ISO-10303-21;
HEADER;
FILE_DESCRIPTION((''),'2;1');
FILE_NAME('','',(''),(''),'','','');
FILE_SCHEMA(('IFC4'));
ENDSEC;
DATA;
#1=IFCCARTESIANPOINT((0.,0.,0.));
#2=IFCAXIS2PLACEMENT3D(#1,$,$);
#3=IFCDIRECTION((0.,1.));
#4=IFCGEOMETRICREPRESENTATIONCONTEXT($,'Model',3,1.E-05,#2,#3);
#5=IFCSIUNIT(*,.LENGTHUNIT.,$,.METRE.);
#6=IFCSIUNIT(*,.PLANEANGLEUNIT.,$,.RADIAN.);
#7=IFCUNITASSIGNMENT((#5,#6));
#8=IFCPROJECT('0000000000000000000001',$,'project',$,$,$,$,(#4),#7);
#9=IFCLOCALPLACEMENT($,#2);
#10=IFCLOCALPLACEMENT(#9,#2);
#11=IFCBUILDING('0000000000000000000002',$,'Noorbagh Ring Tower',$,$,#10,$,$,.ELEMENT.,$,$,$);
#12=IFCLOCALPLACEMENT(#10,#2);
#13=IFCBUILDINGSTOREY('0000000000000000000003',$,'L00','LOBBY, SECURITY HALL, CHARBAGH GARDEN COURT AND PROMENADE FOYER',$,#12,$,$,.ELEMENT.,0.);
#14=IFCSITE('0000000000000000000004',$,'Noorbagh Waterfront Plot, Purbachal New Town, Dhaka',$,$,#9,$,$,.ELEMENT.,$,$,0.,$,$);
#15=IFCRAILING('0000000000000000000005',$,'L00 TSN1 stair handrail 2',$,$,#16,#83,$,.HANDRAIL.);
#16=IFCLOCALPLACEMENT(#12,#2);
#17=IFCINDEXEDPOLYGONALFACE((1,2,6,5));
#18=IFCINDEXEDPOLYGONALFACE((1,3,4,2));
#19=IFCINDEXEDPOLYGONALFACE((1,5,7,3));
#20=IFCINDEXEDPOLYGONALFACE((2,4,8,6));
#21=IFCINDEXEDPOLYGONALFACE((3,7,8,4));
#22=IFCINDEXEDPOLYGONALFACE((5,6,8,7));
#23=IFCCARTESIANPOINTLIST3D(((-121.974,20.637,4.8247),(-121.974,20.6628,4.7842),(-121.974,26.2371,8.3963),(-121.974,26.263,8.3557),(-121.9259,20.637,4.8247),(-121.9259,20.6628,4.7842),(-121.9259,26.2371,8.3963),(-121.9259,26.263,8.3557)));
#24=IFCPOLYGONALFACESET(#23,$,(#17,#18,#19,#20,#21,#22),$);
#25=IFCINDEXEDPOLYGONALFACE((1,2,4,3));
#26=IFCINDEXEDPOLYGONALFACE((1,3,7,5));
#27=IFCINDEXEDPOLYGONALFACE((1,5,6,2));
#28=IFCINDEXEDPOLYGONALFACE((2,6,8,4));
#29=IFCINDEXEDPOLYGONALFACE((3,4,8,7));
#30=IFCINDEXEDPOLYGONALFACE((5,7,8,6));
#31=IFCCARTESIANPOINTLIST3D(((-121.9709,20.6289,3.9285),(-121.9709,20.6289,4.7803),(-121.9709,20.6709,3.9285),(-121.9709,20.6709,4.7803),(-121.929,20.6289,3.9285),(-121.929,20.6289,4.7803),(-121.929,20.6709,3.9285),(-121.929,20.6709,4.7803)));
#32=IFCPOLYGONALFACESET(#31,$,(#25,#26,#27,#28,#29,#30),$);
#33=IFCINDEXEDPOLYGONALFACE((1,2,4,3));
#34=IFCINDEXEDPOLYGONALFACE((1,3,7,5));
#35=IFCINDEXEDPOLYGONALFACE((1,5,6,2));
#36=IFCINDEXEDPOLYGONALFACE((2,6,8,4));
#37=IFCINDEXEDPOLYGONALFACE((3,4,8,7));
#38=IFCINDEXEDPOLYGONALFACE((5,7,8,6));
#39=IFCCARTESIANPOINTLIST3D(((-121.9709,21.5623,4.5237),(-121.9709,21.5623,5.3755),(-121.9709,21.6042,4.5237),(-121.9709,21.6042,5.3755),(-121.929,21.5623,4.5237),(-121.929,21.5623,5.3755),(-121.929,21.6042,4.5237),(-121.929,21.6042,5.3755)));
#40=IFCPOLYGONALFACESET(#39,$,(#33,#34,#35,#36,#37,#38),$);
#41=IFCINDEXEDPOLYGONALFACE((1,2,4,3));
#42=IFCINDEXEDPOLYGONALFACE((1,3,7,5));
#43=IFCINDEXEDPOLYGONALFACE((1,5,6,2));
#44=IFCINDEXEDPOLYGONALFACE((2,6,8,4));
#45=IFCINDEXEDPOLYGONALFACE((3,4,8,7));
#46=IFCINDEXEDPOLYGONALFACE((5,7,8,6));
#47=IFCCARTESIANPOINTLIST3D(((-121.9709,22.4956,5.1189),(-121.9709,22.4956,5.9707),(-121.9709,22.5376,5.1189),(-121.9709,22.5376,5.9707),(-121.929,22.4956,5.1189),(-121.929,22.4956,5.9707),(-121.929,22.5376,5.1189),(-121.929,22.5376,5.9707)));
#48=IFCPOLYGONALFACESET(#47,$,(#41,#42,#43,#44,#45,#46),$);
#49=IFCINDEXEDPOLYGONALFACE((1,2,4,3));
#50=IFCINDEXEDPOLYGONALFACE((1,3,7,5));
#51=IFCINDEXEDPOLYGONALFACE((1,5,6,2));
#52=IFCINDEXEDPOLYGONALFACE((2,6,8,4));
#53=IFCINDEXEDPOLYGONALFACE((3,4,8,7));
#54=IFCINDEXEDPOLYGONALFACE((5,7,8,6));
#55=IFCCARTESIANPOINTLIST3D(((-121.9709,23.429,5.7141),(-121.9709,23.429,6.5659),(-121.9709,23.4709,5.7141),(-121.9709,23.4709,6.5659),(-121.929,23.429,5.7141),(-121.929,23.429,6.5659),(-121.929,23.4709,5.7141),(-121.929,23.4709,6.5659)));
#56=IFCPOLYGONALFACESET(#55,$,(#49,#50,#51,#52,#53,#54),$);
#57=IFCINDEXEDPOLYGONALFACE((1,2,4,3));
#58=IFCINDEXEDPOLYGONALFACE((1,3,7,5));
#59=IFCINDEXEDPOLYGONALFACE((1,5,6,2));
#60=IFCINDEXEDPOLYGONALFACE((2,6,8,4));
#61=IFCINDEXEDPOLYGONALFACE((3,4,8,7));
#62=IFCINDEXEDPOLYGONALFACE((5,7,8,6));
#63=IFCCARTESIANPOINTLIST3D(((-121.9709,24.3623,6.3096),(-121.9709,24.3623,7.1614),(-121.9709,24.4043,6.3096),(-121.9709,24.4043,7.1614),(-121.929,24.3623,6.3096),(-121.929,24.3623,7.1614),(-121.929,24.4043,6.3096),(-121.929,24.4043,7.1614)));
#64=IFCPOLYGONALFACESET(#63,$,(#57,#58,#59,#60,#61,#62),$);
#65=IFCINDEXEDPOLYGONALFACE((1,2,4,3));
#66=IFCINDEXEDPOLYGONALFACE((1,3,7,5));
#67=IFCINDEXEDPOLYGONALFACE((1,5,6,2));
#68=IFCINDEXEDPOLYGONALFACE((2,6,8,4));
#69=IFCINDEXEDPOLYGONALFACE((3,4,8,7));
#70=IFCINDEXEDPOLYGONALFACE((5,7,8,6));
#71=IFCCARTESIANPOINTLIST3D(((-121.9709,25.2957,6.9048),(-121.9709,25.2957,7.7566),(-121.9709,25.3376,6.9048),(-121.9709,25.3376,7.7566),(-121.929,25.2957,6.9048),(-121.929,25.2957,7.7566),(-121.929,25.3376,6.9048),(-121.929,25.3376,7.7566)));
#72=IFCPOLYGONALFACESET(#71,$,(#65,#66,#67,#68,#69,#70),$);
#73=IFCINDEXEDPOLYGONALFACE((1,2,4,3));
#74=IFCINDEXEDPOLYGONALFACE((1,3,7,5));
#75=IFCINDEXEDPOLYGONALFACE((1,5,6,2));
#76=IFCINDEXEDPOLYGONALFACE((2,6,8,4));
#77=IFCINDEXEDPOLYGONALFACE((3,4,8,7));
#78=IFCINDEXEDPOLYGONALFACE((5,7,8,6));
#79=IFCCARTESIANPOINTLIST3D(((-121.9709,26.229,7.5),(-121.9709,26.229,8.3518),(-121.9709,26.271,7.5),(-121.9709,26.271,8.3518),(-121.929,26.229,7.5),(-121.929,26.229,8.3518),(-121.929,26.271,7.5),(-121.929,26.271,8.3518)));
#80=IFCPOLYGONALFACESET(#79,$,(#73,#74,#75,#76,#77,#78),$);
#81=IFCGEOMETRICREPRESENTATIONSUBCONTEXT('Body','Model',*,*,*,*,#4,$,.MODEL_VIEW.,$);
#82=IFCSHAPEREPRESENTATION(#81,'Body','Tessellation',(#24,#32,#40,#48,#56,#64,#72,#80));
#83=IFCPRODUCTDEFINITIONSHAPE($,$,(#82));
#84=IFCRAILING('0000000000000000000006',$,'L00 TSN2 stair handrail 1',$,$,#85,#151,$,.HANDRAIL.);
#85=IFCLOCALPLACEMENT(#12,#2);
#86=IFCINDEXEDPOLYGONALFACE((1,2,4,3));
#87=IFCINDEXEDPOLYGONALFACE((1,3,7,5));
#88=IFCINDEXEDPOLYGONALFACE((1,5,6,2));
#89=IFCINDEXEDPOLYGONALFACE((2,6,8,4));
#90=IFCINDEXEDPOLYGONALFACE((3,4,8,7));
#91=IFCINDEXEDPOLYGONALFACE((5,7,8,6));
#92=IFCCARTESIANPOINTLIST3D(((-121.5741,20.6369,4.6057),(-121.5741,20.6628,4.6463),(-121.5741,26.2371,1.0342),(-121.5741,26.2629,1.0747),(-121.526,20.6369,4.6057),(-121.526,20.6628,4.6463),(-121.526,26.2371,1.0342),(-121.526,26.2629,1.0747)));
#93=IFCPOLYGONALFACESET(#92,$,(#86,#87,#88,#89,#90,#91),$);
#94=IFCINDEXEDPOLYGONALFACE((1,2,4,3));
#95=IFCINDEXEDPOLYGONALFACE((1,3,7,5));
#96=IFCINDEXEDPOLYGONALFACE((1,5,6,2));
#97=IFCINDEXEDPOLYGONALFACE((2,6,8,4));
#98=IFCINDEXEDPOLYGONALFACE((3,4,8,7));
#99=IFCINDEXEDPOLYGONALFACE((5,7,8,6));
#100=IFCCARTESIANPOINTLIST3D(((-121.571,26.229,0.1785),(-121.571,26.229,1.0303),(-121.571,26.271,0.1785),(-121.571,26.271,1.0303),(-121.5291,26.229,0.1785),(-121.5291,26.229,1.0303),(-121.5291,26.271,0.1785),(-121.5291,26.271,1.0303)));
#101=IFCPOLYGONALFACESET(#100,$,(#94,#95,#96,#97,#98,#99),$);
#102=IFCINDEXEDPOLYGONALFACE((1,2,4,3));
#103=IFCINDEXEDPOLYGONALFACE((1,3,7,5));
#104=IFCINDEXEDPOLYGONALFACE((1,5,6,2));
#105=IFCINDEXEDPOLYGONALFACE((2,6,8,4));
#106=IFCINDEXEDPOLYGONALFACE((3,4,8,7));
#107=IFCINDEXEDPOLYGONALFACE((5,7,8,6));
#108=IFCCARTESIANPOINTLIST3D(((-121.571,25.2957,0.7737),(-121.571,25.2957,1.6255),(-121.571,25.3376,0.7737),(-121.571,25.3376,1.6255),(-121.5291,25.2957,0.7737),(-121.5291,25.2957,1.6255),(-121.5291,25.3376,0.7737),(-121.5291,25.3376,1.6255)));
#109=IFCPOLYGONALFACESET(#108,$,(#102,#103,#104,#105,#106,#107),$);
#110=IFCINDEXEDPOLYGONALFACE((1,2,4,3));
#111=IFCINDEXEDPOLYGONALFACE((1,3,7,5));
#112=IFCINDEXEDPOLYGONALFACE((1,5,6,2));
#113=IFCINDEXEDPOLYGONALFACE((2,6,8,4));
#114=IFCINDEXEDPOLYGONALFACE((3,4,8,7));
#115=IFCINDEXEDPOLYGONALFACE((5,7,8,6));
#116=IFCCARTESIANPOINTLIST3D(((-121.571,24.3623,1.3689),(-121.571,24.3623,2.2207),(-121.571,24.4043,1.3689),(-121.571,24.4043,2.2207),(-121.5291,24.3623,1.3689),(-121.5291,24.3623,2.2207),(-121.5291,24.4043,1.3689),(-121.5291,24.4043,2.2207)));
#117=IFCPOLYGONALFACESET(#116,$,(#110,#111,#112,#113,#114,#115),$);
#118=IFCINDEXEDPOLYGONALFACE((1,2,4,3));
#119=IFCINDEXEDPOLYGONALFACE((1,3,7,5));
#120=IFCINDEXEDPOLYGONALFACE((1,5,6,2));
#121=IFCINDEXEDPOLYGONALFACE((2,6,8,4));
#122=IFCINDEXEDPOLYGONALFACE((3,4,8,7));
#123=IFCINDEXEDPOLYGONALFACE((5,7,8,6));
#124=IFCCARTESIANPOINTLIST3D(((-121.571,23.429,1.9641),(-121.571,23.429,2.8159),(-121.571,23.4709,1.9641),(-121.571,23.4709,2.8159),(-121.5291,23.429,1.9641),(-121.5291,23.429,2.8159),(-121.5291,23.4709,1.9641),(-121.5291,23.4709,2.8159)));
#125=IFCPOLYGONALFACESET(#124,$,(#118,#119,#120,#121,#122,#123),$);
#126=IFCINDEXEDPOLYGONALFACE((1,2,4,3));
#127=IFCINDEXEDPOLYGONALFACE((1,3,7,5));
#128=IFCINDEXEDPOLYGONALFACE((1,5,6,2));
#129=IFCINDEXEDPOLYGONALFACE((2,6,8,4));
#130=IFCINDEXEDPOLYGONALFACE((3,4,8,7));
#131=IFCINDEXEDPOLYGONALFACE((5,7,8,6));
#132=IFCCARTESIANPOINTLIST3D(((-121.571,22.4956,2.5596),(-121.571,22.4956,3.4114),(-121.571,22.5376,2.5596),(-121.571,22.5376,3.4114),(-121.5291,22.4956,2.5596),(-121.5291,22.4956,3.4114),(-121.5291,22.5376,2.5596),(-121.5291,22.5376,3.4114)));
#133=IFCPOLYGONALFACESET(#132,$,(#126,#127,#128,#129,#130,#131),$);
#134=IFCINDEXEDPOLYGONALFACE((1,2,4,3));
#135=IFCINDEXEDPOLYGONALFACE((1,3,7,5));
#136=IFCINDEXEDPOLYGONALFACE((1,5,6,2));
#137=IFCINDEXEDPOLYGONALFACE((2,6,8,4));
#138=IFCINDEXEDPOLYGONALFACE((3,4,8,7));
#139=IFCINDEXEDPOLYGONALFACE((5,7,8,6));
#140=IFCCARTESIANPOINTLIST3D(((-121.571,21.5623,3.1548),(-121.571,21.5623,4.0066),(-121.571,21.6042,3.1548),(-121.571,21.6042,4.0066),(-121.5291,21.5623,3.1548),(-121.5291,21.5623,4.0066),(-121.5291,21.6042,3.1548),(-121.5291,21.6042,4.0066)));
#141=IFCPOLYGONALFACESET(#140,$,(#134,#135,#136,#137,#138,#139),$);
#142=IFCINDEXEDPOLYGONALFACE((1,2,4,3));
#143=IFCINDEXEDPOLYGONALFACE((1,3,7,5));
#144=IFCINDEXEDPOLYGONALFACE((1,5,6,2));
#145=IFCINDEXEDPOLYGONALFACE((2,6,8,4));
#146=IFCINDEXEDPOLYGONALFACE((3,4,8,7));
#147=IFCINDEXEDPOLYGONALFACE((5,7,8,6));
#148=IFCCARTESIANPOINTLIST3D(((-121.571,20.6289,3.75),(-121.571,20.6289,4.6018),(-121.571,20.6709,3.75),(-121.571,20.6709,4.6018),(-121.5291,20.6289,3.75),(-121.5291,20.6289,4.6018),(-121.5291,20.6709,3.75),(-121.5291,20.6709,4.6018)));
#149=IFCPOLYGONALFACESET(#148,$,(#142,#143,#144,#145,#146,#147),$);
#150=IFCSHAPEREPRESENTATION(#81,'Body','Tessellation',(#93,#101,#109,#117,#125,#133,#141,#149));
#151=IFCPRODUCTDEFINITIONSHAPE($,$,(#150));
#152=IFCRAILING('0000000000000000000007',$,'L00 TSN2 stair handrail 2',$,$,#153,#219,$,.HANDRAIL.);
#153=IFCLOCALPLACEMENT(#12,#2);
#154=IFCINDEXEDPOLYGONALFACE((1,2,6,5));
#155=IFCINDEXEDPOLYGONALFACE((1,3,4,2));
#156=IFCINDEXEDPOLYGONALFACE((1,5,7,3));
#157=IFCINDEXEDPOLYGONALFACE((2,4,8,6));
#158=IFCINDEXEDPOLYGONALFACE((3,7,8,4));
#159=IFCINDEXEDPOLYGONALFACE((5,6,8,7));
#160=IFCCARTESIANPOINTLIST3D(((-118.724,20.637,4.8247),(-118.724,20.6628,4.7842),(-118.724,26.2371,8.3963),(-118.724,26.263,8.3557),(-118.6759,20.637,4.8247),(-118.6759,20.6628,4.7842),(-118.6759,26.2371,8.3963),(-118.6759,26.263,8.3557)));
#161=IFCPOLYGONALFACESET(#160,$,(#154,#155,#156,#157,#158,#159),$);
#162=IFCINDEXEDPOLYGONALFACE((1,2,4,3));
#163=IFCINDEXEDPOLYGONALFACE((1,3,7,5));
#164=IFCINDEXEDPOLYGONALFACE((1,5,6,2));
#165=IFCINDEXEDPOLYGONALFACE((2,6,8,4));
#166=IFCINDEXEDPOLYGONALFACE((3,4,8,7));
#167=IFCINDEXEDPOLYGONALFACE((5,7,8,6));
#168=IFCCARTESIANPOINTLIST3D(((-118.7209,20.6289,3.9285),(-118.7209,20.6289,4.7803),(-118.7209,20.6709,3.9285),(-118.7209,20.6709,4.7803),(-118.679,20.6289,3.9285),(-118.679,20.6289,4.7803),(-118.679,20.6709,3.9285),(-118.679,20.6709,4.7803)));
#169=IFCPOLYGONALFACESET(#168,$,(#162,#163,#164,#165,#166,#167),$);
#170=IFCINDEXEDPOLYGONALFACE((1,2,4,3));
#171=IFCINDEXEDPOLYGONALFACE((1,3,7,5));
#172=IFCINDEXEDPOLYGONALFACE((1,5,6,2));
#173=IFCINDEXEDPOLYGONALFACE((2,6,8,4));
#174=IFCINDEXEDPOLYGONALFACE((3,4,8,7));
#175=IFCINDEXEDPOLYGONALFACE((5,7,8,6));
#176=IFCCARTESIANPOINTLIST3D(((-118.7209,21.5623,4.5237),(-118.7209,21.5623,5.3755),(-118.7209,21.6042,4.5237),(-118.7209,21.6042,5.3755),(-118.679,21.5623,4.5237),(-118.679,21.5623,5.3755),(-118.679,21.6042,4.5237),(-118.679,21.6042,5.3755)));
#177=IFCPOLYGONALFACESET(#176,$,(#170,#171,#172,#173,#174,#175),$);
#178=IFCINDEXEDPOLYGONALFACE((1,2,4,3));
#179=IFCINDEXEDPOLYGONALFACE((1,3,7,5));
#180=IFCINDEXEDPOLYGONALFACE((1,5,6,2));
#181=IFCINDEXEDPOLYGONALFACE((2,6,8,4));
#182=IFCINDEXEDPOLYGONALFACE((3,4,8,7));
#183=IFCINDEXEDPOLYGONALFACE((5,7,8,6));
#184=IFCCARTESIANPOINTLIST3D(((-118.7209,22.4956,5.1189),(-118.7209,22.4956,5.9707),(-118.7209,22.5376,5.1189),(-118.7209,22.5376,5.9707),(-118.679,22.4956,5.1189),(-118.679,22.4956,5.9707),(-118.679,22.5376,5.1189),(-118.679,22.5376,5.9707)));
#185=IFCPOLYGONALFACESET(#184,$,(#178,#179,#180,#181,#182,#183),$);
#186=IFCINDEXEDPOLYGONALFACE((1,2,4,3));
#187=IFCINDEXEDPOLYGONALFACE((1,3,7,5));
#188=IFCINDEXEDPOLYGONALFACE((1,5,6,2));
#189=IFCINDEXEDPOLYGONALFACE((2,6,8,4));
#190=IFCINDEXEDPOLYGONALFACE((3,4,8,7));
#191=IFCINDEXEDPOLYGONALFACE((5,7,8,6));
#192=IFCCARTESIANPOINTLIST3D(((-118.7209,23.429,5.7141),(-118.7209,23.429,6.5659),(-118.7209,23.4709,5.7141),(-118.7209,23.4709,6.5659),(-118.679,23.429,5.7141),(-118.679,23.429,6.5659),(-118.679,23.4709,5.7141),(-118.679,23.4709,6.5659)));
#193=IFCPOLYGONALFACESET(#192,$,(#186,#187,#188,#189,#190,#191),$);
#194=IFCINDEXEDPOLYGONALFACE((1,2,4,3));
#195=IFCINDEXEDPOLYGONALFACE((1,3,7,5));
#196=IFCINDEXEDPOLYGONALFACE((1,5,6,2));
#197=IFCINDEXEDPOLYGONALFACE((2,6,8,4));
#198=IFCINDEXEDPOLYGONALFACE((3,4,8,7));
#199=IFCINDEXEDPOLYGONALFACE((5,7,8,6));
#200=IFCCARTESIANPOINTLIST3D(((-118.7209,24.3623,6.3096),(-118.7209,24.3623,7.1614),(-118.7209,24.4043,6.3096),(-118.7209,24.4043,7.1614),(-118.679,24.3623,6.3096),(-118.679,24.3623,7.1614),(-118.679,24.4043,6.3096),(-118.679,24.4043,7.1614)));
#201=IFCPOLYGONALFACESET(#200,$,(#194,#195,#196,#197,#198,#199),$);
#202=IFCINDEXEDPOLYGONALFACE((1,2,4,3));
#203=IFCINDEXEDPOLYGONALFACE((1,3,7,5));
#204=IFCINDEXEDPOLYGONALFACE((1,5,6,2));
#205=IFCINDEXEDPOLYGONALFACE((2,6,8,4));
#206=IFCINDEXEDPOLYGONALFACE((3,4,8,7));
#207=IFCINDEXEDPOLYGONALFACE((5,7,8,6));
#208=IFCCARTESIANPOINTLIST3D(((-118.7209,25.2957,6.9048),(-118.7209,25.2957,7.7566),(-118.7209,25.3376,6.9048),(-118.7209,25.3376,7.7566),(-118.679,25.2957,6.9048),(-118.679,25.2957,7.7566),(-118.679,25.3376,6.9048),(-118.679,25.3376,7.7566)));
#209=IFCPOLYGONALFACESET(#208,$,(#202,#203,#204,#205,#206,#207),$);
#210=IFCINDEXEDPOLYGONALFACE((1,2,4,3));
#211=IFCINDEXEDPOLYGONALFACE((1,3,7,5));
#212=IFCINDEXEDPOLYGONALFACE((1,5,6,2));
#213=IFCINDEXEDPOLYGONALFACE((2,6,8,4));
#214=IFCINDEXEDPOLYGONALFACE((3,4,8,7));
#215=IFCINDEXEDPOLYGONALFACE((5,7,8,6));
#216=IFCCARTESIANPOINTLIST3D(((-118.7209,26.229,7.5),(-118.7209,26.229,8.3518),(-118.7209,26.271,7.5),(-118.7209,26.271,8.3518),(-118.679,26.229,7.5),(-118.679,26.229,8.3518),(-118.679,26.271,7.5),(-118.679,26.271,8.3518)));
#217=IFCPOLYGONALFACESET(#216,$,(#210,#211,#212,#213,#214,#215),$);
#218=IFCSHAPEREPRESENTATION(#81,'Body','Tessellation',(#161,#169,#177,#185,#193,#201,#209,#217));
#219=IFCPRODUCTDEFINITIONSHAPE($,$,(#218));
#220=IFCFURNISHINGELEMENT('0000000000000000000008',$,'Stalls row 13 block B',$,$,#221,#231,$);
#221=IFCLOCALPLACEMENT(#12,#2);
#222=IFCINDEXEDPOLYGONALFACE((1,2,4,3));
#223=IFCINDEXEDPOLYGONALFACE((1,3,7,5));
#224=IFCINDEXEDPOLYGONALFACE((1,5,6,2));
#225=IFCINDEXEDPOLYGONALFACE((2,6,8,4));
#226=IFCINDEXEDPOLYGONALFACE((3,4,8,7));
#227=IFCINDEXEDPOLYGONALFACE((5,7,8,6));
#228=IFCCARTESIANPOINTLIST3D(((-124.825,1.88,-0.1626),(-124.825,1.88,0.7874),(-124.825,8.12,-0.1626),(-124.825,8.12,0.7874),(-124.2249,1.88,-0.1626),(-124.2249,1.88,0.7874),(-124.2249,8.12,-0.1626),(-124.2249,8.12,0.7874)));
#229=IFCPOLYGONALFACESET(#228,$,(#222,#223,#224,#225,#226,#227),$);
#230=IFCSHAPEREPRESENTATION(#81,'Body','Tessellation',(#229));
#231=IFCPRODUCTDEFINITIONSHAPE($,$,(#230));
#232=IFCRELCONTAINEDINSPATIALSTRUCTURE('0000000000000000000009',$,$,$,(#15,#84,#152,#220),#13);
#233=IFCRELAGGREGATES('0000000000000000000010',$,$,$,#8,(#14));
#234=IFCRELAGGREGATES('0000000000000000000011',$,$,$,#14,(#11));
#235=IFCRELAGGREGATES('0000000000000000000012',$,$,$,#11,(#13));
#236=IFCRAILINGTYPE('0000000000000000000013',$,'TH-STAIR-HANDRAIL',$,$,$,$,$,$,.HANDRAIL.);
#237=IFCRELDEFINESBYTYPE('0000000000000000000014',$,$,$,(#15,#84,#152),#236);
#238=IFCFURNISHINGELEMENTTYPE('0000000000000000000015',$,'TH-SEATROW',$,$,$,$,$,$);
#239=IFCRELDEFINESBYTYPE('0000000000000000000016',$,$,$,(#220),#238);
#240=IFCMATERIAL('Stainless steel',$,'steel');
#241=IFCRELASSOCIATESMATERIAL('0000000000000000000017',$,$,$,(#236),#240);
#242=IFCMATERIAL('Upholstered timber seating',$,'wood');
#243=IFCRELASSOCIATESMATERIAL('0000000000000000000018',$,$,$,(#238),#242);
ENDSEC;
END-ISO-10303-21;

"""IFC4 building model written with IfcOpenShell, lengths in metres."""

from ifc_helpers import new_model, si_unit, direction, frame, origin, origin_2d, place, context, subcontext, project, spatial, rectangle, extrude, material, type_object, element, save


model = new_model("IFC4")

# Units and contexts
model_context = context("Model", 3, precision=1e-05, world=origin(), true_north=direction((0.0, 1.0)))
body_context = subcontext(model_context, "Body", "Model", "MODEL_VIEW")
ifc_project = project(units=[si_unit("LENGTHUNIT", "METRE"), si_unit("PLANEANGLEUNIT", "RADIAN")], contexts=[model_context])

# Site, building, storey
site_placement = place(None, origin())
site = spatial("IfcSite", under=ifc_project, at=site_placement, Name="Noorbagh Waterfront Plot, Purbachal New Town, Dhaka", CompositionType="ELEMENT", RefElevation=0.0)
building_placement = place(site_placement, origin())
building = spatial("IfcBuilding", under=site, at=building_placement, Name="Noorbagh Ring Tower", CompositionType="ELEMENT")
storey_placement = place(building_placement, origin())
storey = spatial("IfcBuildingStorey", under=building, at=storey_placement, Name="L00", Description="LOBBY, SECURITY HALL, CHARBAGH GARDEN COURT AND PROMENADE FOYER", CompositionType="ELEMENT", Elevation=0.0)

# Railings
ifc_material_1 = material(Name="Stainless steel", Category="steel")
railing_type_1 = type_object("IfcRailingType", Name="TH-STAIR-HANDRAIL", PredefinedType="HANDRAIL", material=ifc_material_1)
railing_1_placement = place(storey_placement, frame((-121.95, 20.6499, 3.9285)))
element("IfcRailing", 1, at=railing_1_placement, inside=storey, type_object=railing_type_1, Name="L00 TSN1 stair handrail 2", PredefinedType="HANDRAIL", context=body_context, shape_type="SweptSolid", body=[
    extrude(rectangle(XDim=0.0481, YDim=0.0481, at=origin_2d()), frame((0.0, 0.0, 0.876), z_axis=(0.0, 0.843127, 0.537715), x_axis=(-1.0, 0.0, 0.0)), (0.0, 0.0, 1.0), 6.6421),
    extrude(rectangle(XDim=0.042, YDim=0.042, at=origin_2d()), origin(), (0.0, 0.0, 1.0), 0.8518),
    extrude(rectangle(XDim=0.042, YDim=0.042, at=origin_2d()), frame((0.0, 0.9333, 0.5952)), (0.0, 0.0, 1.0), 0.8518),
    extrude(rectangle(XDim=0.042, YDim=0.042, at=origin_2d()), frame((0.0, 1.8667, 1.1904)), (0.0, 0.0, 1.0), 0.8518),
    extrude(rectangle(XDim=0.042, YDim=0.042, at=origin_2d()), frame((0.0, 2.8, 1.7856)), (0.0, 0.0, 1.0), 0.8518),
    extrude(rectangle(XDim=0.042, YDim=0.042, at=origin_2d()), frame((0.0, 3.7334, 2.3811)), (0.0, 0.0, 1.0), 0.8518),
    extrude(rectangle(XDim=0.042, YDim=0.042, at=origin_2d()), frame((0.0, 4.6667, 2.9763)), (0.0, 0.0, 1.0), 0.8518),
    extrude(rectangle(XDim=0.042, YDim=0.042, at=origin_2d()), frame((0.0, 5.6001, 3.5715)), (0.0, 0.0, 1.0), 0.8518),
])
railing_2_placement = place(storey_placement, frame((-121.55, 26.25, 0.1785)))
element("IfcRailing", 2, at=railing_2_placement, inside=storey, type_object=railing_type_1, Name="L00 TSN2 stair handrail 1", PredefinedType="HANDRAIL", context=body_context, shape_type="SweptSolid", body=[
    extrude(rectangle(XDim=0.0481, YDim=0.0481, at=origin_2d()), frame((0.0, 0.0, 0.876), z_axis=(0.0, -0.843127, 0.537715), x_axis=(1.0, 0.0, 0.0)), (0.0, 0.0, 1.0), 6.6421),
    extrude(rectangle(XDim=0.042, YDim=0.042, at=origin_2d()), origin(), (0.0, 0.0, 1.0), 0.8518),
    extrude(rectangle(XDim=0.042, YDim=0.042, at=origin_2d()), frame((0.0, -0.9333, 0.5952)), (0.0, 0.0, 1.0), 0.8518),
    extrude(rectangle(XDim=0.042, YDim=0.042, at=origin_2d()), frame((0.0, -1.8667, 1.1904)), (0.0, 0.0, 1.0), 0.8518),
    extrude(rectangle(XDim=0.042, YDim=0.042, at=origin_2d()), frame((0.0, -2.8, 1.7856)), (0.0, 0.0, 1.0), 0.8518),
    extrude(rectangle(XDim=0.042, YDim=0.042, at=origin_2d()), frame((0.0, -3.7334, 2.3811)), (0.0, 0.0, 1.0), 0.8518),
    extrude(rectangle(XDim=0.042, YDim=0.042, at=origin_2d()), frame((0.0, -4.6667, 2.9763)), (0.0, 0.0, 1.0), 0.8518),
    extrude(rectangle(XDim=0.042, YDim=0.042, at=origin_2d()), frame((0.0, -5.6001, 3.5715)), (0.0, 0.0, 1.0), 0.8518),
])
railing_3_placement = place(storey_placement, frame((-118.7, 20.6499, 3.9285)))
element("IfcRailing", 3, at=railing_3_placement, inside=storey, type_object=railing_type_1, Name="L00 TSN2 stair handrail 2", PredefinedType="HANDRAIL", context=body_context, shape_type="SweptSolid", body=[
    extrude(rectangle(XDim=0.0481, YDim=0.0481, at=origin_2d()), frame((0.0, 0.0, 0.876), z_axis=(0.0, 0.843127, 0.537715), x_axis=(-1.0, 0.0, 0.0)), (0.0, 0.0, 1.0), 6.6421),
    extrude(rectangle(XDim=0.042, YDim=0.042, at=origin_2d()), origin(), (0.0, 0.0, 1.0), 0.8518),
    extrude(rectangle(XDim=0.042, YDim=0.042, at=origin_2d()), frame((0.0, 0.9333, 0.5952)), (0.0, 0.0, 1.0), 0.8518),
    extrude(rectangle(XDim=0.042, YDim=0.042, at=origin_2d()), frame((0.0, 1.8667, 1.1904)), (0.0, 0.0, 1.0), 0.8518),
    extrude(rectangle(XDim=0.042, YDim=0.042, at=origin_2d()), frame((0.0, 2.8, 1.7856)), (0.0, 0.0, 1.0), 0.8518),
    extrude(rectangle(XDim=0.042, YDim=0.042, at=origin_2d()), frame((0.0, 3.7334, 2.3811)), (0.0, 0.0, 1.0), 0.8518),
    extrude(rectangle(XDim=0.042, YDim=0.042, at=origin_2d()), frame((0.0, 4.6667, 2.9763)), (0.0, 0.0, 1.0), 0.8518),
    extrude(rectangle(XDim=0.042, YDim=0.042, at=origin_2d()), frame((0.0, 5.6001, 3.5715)), (0.0, 0.0, 1.0), 0.8518),
])

# Furnishing element
ifc_material_2 = material(Name="Upholstered timber seating", Category="wood")
furnishing_element_type = type_object("IfcFurnishingElementType", Name="TH-SEATROW", material=ifc_material_2)
for number, where, z_axis, x_axis, name in (
    (4, (-124.5249, 5.0, -0.1626), (0.0, 0.0, 1.0), (1.0, 0.0, 0.0), "Stalls row 13 block B"),
):
    element("IfcFurnishingElement", number, at=place(storey_placement, frame(where, z_axis=z_axis, x_axis=x_axis)), inside=storey, type_object=furnishing_element_type, Name=name, context=body_context, shape_type="SweptSolid", body=[
        extrude(rectangle(XDim=0.6001, YDim=6.24, at=origin_2d()), origin(), (0.0, 0.0, 1.0), 0.95),
    ])

save(model, "model.ifc")
